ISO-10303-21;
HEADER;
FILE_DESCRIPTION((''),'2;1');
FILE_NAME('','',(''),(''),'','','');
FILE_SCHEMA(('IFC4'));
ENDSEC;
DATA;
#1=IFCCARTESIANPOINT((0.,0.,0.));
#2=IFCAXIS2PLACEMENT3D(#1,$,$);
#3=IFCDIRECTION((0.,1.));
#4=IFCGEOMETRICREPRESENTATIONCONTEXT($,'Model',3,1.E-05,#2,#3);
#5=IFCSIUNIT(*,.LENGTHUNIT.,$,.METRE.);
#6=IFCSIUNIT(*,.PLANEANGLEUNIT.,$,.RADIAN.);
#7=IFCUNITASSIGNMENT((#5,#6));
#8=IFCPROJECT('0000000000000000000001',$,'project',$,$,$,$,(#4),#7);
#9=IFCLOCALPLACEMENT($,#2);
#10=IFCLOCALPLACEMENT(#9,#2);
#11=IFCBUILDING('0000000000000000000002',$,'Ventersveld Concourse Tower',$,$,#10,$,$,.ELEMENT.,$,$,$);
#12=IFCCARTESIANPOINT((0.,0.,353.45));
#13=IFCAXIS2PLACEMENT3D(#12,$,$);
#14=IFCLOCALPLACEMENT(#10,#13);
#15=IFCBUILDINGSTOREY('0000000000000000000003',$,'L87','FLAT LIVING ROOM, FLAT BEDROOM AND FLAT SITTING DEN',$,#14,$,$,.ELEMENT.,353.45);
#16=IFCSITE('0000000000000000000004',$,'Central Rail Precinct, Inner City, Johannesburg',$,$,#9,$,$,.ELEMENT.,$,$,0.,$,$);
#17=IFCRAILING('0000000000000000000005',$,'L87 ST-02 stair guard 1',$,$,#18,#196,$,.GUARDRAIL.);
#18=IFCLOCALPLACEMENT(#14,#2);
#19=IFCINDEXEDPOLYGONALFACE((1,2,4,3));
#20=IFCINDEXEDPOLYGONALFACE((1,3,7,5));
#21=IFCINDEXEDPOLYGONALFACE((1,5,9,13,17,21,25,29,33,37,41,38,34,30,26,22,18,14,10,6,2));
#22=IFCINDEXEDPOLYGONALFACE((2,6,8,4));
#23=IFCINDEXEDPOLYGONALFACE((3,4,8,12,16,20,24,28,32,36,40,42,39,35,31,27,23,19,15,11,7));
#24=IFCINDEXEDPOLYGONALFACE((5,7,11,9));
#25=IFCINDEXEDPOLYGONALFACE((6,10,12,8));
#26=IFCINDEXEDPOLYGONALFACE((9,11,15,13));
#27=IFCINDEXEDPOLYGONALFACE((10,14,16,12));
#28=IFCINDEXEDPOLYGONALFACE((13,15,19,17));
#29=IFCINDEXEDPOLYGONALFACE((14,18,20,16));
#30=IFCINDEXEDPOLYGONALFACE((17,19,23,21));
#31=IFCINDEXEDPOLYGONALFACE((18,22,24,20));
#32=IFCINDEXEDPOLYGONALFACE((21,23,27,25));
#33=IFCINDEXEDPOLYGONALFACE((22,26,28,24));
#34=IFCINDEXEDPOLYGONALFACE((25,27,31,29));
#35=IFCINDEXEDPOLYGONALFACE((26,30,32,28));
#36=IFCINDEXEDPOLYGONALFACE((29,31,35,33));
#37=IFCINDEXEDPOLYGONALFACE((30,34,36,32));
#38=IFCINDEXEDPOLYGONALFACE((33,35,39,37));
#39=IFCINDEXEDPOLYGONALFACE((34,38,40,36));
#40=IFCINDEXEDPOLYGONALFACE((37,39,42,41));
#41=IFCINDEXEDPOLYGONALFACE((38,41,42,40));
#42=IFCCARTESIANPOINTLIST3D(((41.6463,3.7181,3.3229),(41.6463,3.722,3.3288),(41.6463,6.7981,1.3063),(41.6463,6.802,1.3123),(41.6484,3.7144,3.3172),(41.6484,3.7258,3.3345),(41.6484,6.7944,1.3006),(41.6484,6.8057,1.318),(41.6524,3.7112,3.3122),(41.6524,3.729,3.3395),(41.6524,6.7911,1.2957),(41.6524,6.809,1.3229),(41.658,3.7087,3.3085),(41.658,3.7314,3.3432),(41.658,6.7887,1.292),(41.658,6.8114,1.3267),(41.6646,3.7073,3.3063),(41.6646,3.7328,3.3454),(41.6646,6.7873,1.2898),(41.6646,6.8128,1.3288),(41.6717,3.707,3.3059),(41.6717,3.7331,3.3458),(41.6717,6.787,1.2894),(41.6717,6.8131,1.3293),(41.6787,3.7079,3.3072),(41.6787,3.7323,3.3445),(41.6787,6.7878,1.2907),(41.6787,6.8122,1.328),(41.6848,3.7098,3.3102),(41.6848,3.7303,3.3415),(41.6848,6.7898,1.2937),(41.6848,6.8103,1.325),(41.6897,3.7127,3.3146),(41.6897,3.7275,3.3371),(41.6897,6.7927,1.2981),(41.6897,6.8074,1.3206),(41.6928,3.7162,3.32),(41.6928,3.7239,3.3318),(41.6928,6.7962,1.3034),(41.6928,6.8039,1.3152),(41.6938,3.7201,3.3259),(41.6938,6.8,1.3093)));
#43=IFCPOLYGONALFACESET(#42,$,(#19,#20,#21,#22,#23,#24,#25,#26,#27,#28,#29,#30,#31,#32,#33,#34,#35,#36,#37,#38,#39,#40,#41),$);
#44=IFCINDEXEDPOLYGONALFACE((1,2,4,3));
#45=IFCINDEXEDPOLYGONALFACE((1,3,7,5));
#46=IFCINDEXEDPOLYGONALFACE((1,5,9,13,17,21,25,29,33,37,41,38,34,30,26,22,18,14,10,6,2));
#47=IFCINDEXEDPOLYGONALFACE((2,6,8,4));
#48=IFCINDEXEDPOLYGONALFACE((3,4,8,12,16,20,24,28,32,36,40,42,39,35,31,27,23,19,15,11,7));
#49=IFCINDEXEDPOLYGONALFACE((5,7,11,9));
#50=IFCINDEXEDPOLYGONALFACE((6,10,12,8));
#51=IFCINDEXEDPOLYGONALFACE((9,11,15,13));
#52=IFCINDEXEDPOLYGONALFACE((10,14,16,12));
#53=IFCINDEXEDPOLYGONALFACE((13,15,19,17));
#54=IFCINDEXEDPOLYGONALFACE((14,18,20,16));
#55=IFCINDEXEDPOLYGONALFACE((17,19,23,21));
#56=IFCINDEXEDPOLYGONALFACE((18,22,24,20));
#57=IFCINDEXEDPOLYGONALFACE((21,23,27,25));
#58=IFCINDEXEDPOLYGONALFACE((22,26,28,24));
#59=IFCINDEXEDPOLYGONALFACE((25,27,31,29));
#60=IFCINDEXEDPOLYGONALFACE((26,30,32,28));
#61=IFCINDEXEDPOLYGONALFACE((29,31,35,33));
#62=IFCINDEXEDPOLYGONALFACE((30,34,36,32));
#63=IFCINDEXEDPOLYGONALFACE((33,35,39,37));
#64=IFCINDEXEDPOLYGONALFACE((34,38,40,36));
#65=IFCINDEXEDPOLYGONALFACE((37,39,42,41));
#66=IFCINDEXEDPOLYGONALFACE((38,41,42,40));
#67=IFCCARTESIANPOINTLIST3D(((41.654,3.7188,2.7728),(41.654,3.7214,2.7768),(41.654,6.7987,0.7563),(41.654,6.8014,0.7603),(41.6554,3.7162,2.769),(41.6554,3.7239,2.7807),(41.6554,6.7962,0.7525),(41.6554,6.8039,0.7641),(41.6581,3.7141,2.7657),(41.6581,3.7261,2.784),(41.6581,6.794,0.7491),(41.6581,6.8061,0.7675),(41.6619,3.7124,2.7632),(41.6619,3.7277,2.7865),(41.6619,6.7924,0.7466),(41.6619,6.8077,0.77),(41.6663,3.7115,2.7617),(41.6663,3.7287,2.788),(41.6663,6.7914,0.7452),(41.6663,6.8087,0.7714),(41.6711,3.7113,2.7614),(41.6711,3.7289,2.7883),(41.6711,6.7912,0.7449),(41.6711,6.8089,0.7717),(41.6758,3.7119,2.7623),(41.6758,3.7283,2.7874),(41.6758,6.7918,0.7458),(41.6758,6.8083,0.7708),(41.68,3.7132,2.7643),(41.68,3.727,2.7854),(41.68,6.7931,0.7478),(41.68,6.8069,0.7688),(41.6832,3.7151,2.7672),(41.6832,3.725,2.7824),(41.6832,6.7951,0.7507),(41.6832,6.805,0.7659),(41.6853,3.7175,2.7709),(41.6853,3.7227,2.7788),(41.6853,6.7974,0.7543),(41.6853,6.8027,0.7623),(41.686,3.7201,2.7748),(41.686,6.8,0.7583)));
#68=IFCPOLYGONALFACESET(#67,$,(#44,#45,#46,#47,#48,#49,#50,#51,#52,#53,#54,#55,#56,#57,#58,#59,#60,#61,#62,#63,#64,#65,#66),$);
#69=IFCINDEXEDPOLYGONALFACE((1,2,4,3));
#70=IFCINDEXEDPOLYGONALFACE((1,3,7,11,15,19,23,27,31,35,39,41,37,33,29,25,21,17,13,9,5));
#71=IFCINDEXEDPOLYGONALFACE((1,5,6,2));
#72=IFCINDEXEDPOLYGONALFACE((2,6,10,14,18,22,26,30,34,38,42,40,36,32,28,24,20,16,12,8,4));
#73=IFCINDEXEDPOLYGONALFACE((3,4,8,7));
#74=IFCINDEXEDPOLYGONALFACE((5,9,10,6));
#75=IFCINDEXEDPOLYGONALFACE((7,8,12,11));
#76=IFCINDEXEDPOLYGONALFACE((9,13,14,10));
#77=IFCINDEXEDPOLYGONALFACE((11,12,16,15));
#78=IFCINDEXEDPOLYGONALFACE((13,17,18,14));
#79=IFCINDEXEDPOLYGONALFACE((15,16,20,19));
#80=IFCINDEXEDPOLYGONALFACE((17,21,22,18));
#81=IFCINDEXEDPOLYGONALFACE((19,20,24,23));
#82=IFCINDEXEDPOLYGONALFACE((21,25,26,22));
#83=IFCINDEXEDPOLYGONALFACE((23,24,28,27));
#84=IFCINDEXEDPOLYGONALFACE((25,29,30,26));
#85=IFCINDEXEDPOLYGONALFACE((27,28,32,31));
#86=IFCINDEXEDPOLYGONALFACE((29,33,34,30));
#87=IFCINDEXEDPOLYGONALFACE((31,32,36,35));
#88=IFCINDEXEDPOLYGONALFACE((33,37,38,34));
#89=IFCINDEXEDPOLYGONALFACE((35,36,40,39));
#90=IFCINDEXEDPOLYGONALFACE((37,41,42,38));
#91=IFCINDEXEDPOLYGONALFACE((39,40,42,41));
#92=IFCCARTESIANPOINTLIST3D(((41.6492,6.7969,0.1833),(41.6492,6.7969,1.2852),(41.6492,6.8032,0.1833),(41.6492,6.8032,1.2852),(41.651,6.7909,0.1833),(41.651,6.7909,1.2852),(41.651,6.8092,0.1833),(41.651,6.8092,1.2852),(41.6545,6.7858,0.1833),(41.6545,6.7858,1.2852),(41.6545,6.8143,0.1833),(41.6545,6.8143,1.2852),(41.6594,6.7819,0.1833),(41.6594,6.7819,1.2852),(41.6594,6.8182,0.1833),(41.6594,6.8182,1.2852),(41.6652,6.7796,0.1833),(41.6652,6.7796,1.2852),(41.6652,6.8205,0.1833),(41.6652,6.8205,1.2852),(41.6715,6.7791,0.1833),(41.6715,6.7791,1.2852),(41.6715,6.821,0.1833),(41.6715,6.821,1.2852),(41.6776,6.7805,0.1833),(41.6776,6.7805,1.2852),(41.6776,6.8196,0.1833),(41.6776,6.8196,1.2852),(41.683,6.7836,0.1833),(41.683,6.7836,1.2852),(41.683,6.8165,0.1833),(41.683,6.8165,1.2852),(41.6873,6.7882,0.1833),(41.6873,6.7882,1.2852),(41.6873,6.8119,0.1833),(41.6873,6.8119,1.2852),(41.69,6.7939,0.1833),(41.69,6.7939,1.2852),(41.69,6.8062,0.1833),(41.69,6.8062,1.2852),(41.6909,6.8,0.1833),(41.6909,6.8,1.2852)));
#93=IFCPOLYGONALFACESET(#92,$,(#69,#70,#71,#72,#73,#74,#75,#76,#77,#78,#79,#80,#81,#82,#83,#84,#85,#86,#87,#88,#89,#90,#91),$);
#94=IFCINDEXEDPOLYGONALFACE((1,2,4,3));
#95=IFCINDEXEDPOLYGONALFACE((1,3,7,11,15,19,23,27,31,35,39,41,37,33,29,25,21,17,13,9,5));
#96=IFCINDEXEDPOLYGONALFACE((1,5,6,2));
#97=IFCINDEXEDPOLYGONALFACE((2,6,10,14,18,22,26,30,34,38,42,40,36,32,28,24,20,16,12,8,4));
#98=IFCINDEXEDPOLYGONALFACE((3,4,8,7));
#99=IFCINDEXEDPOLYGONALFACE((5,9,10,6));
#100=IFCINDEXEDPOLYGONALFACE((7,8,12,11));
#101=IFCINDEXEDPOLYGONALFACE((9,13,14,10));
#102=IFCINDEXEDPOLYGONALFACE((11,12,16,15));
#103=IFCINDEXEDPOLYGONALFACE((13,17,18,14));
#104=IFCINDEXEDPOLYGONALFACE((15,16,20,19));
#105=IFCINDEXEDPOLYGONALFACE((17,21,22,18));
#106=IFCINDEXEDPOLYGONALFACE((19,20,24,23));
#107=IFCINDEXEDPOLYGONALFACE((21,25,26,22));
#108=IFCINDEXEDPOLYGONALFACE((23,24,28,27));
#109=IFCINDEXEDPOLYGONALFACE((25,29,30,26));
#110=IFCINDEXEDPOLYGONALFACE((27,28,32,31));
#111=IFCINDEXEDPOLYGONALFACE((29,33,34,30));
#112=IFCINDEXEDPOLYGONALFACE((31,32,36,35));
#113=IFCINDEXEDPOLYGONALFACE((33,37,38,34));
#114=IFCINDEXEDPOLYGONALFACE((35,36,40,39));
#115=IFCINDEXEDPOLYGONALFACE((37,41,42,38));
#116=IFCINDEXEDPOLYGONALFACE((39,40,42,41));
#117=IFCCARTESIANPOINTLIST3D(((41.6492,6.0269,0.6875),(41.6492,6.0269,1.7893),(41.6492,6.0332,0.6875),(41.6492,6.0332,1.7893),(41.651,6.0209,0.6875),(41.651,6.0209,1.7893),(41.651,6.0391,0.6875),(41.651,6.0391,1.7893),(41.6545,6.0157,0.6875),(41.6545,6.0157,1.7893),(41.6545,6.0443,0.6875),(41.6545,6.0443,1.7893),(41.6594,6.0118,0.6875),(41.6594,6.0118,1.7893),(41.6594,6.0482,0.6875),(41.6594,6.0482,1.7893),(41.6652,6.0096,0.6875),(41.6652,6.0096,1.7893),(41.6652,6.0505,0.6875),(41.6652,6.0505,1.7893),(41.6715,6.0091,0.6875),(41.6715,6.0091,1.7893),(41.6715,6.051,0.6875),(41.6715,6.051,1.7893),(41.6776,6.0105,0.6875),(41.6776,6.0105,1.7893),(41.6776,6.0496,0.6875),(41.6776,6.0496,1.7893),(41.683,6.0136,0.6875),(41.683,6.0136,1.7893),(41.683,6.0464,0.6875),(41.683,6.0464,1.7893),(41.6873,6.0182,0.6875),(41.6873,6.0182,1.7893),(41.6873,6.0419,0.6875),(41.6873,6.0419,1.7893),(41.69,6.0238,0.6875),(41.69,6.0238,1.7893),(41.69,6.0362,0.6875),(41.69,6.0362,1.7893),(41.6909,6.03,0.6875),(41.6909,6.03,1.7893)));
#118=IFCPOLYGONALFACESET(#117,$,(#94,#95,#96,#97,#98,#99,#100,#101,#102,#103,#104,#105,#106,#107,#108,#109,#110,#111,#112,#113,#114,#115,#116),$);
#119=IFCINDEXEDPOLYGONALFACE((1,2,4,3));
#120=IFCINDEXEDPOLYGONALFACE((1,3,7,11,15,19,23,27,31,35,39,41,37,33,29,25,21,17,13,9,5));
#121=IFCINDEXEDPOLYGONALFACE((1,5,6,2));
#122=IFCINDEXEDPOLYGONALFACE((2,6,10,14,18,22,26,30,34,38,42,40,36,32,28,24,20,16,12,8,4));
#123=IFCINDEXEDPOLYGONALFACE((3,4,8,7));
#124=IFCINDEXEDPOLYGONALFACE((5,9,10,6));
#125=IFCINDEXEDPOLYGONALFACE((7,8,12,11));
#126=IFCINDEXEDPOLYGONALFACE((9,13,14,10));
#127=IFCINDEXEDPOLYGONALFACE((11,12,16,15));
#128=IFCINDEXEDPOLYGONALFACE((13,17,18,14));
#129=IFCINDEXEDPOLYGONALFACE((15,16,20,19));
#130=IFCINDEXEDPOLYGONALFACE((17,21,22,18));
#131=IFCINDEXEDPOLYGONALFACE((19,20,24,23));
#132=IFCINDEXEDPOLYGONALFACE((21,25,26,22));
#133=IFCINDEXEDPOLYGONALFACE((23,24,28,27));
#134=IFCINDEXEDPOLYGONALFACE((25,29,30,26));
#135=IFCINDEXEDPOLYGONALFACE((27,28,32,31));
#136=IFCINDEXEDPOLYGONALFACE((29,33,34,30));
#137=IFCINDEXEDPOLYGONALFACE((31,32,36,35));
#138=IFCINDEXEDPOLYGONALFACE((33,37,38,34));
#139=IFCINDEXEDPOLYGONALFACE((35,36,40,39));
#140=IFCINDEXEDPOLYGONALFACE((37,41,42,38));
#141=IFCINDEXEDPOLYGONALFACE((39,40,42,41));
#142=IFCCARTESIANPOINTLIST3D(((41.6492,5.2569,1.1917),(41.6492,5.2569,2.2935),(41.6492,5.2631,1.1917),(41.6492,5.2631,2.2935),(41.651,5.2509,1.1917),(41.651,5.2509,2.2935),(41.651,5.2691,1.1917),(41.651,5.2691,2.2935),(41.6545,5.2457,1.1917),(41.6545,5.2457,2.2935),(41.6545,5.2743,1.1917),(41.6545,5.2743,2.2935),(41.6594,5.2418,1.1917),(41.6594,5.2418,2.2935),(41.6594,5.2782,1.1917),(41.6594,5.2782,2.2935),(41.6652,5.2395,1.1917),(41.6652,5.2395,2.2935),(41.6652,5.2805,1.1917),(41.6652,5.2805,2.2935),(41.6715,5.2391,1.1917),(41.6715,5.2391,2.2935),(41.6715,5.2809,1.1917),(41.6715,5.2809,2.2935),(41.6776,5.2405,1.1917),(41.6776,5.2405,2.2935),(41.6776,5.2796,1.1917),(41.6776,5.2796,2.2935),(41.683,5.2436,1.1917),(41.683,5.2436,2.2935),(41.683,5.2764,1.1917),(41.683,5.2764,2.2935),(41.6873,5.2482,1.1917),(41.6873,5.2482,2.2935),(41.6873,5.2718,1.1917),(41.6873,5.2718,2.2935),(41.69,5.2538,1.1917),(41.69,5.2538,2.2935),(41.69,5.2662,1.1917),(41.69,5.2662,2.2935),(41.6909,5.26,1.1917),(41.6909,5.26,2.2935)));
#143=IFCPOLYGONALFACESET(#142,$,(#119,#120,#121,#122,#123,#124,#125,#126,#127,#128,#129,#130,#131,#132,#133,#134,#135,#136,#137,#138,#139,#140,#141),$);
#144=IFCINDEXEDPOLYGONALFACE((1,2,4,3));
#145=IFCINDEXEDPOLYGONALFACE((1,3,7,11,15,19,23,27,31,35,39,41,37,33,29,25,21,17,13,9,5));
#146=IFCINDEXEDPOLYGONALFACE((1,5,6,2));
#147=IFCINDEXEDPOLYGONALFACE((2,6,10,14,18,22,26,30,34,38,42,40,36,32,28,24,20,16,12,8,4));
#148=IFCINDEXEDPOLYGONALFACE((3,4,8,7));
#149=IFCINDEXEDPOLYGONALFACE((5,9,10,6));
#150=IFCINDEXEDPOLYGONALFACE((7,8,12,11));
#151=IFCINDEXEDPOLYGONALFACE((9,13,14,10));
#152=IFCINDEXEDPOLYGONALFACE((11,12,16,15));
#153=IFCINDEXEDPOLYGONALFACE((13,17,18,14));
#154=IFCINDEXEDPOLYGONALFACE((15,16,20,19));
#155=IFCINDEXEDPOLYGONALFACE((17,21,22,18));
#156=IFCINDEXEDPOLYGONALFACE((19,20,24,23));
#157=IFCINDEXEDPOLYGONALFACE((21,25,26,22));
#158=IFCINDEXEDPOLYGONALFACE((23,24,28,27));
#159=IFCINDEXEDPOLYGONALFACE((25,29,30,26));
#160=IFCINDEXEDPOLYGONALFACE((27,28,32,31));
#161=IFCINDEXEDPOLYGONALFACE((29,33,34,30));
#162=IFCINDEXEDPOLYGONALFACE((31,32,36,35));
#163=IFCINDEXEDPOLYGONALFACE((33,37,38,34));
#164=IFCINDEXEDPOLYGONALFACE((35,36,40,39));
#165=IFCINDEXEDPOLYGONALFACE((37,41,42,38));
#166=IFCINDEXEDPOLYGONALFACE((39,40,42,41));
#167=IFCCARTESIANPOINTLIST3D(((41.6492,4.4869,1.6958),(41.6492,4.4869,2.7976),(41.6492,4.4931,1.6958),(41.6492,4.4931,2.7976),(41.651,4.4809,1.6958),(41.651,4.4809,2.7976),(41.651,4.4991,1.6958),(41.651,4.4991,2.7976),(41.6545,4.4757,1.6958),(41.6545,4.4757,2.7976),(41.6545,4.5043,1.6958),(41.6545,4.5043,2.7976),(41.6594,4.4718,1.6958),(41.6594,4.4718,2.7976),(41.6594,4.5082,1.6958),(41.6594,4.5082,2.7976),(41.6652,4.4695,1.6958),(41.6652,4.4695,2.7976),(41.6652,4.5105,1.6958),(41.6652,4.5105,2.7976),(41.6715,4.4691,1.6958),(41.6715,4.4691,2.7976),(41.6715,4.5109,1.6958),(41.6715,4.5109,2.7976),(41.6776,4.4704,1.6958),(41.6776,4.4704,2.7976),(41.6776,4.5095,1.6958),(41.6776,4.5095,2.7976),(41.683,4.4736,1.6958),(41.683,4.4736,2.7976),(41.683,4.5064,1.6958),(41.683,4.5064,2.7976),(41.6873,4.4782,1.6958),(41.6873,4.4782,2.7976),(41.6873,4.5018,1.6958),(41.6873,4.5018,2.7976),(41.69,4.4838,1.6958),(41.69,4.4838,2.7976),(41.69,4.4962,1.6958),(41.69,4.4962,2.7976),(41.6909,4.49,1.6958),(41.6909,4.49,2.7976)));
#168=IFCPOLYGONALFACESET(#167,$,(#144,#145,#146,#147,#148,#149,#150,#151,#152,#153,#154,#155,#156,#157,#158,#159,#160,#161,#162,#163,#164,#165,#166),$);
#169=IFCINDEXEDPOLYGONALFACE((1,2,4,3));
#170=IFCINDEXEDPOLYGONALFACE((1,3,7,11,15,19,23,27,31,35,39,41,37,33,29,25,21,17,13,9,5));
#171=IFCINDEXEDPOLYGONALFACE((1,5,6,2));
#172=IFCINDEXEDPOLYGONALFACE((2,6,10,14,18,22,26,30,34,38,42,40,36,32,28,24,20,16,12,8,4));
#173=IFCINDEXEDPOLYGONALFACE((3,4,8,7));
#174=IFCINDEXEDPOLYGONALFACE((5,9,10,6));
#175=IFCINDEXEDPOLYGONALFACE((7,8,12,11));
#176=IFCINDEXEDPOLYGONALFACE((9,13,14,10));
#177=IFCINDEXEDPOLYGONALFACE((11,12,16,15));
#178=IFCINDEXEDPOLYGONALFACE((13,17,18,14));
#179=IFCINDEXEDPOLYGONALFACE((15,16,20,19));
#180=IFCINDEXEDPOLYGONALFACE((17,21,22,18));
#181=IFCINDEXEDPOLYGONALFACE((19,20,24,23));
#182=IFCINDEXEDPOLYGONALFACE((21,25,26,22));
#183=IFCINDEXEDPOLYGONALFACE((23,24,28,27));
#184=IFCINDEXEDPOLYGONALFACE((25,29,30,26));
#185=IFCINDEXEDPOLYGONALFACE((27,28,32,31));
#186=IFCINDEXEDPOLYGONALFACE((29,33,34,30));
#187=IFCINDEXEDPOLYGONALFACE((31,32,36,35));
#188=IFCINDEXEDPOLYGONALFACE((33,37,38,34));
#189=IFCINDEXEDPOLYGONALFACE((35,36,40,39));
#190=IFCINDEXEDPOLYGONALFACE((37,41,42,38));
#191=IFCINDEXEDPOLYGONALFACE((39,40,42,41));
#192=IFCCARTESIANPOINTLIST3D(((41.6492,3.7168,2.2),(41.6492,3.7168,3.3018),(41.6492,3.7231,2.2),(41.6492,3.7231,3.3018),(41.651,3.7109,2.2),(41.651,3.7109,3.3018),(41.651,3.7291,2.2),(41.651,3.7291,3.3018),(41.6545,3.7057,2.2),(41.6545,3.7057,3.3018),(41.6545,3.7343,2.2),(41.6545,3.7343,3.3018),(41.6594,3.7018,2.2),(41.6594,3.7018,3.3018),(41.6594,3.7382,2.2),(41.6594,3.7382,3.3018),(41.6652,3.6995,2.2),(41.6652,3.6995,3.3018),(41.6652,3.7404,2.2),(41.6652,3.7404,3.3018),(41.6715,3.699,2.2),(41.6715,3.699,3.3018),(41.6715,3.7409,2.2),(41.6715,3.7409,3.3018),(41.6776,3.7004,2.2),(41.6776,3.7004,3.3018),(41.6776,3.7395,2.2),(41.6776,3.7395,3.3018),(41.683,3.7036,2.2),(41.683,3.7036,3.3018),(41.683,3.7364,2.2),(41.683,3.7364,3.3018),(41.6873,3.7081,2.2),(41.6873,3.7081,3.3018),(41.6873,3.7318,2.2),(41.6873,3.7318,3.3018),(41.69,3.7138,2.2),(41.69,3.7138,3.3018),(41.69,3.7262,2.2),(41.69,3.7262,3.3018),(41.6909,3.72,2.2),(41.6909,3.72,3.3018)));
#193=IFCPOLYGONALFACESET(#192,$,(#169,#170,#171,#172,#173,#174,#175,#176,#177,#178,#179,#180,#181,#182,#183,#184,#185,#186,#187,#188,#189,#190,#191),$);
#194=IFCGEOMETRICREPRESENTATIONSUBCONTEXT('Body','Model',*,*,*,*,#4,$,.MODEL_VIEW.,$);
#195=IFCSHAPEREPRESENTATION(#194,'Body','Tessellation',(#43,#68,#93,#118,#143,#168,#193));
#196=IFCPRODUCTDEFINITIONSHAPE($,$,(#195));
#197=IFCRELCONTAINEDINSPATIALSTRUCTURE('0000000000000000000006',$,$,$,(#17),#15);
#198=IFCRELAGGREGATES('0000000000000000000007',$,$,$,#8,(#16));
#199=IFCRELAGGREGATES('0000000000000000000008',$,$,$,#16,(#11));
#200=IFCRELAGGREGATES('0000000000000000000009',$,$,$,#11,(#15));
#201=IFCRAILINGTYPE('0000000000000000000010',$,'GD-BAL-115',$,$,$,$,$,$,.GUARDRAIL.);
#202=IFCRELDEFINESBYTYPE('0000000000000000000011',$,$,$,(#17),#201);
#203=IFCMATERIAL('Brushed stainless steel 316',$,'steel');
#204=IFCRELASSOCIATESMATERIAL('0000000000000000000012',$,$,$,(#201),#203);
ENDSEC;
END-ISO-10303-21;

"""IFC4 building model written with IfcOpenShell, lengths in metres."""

from ifc_helpers import new_model, si_unit, direction, frame, origin, origin_2d, place, context, subcontext, project, spatial, circle, extrude, material, type_object, element, save


model = new_model("IFC4")

# Units and contexts
model_context = context("Model", 3, precision=1e-05, world=origin(), true_north=direction((0.0, 1.0)))
body_context = subcontext(model_context, "Body", "Model", "MODEL_VIEW")
ifc_project = project(units=[si_unit("LENGTHUNIT", "METRE"), si_unit("PLANEANGLEUNIT", "RADIAN")], contexts=[model_context])

# Site, building, storey
site_placement = place(None, origin())
site = spatial("IfcSite", under=ifc_project, at=site_placement, Name="Central Rail Precinct, Inner City, Johannesburg", CompositionType="ELEMENT", RefElevation=0.0)
building_placement = place(site_placement, origin())
building = spatial("IfcBuilding", under=site, at=building_placement, Name="Ventersveld Concourse Tower", CompositionType="ELEMENT")
storey_placement = place(building_placement, frame((0.0, 0.0, 353.45)))
storey = spatial("IfcBuildingStorey", under=building, at=storey_placement, Name="L87", Description="FLAT LIVING ROOM, FLAT BEDROOM AND FLAT SITTING DEN", CompositionType="ELEMENT", Elevation=353.45)

# Shared definitions
ifc_material_1 = material(Name="Brushed stainless steel 316", Category="steel")

# Railing
railing_type_1 = type_object("IfcRailingType", Name="GD-BAL-115", PredefinedType="GUARDRAIL", material=ifc_material_1)
railing_1_placement = place(storey_placement, frame((41.6699, 6.8, 0.1833)))
element("IfcRailing", 1, at=railing_1_placement, inside=storey, type_object=railing_type_1, Name="L87 ST-02 stair guard 1", PredefinedType="GUARDRAIL", context=body_context, shape_type="SweptSolid", body=[
    extrude(circle(Radius=0.0239, at=origin_2d()), frame((0.0, 0.0, 1.126), z_axis=(0.0, -0.836633, 0.547764), x_axis=(1.0, 0.0, 0.0)), (0.0, 0.0, 1.0), 3.6814),
    extrude(circle(Radius=0.0161, at=origin_2d()), frame((0.0, 0.0, 0.575), z_axis=(0.0, -0.836633, 0.547764), x_axis=(1.0, 0.0, 0.0)), (0.0, 0.0, 1.0), 3.6814),
    extrude(circle(Radius=0.021, at=origin_2d()), origin(), (0.0, 0.0, 1.0), 1.1018),
    extrude(circle(Radius=0.021, at=origin_2d()), frame((0.0, -0.77, 0.5042)), (0.0, 0.0, 1.0), 1.1018),
    extrude(circle(Radius=0.021, at=origin_2d()), frame((0.0, -1.54, 1.0083)), (0.0, 0.0, 1.0), 1.1018),
    extrude(circle(Radius=0.021, at=origin_2d()), frame((0.0, -2.3101, 1.5125)), (0.0, 0.0, 1.0), 1.1018),
    extrude(circle(Radius=0.021, at=origin_2d()), frame((0.0, -3.0801, 2.0166)), (0.0, 0.0, 1.0), 1.1018),
])

save(model, "model.ifc")
